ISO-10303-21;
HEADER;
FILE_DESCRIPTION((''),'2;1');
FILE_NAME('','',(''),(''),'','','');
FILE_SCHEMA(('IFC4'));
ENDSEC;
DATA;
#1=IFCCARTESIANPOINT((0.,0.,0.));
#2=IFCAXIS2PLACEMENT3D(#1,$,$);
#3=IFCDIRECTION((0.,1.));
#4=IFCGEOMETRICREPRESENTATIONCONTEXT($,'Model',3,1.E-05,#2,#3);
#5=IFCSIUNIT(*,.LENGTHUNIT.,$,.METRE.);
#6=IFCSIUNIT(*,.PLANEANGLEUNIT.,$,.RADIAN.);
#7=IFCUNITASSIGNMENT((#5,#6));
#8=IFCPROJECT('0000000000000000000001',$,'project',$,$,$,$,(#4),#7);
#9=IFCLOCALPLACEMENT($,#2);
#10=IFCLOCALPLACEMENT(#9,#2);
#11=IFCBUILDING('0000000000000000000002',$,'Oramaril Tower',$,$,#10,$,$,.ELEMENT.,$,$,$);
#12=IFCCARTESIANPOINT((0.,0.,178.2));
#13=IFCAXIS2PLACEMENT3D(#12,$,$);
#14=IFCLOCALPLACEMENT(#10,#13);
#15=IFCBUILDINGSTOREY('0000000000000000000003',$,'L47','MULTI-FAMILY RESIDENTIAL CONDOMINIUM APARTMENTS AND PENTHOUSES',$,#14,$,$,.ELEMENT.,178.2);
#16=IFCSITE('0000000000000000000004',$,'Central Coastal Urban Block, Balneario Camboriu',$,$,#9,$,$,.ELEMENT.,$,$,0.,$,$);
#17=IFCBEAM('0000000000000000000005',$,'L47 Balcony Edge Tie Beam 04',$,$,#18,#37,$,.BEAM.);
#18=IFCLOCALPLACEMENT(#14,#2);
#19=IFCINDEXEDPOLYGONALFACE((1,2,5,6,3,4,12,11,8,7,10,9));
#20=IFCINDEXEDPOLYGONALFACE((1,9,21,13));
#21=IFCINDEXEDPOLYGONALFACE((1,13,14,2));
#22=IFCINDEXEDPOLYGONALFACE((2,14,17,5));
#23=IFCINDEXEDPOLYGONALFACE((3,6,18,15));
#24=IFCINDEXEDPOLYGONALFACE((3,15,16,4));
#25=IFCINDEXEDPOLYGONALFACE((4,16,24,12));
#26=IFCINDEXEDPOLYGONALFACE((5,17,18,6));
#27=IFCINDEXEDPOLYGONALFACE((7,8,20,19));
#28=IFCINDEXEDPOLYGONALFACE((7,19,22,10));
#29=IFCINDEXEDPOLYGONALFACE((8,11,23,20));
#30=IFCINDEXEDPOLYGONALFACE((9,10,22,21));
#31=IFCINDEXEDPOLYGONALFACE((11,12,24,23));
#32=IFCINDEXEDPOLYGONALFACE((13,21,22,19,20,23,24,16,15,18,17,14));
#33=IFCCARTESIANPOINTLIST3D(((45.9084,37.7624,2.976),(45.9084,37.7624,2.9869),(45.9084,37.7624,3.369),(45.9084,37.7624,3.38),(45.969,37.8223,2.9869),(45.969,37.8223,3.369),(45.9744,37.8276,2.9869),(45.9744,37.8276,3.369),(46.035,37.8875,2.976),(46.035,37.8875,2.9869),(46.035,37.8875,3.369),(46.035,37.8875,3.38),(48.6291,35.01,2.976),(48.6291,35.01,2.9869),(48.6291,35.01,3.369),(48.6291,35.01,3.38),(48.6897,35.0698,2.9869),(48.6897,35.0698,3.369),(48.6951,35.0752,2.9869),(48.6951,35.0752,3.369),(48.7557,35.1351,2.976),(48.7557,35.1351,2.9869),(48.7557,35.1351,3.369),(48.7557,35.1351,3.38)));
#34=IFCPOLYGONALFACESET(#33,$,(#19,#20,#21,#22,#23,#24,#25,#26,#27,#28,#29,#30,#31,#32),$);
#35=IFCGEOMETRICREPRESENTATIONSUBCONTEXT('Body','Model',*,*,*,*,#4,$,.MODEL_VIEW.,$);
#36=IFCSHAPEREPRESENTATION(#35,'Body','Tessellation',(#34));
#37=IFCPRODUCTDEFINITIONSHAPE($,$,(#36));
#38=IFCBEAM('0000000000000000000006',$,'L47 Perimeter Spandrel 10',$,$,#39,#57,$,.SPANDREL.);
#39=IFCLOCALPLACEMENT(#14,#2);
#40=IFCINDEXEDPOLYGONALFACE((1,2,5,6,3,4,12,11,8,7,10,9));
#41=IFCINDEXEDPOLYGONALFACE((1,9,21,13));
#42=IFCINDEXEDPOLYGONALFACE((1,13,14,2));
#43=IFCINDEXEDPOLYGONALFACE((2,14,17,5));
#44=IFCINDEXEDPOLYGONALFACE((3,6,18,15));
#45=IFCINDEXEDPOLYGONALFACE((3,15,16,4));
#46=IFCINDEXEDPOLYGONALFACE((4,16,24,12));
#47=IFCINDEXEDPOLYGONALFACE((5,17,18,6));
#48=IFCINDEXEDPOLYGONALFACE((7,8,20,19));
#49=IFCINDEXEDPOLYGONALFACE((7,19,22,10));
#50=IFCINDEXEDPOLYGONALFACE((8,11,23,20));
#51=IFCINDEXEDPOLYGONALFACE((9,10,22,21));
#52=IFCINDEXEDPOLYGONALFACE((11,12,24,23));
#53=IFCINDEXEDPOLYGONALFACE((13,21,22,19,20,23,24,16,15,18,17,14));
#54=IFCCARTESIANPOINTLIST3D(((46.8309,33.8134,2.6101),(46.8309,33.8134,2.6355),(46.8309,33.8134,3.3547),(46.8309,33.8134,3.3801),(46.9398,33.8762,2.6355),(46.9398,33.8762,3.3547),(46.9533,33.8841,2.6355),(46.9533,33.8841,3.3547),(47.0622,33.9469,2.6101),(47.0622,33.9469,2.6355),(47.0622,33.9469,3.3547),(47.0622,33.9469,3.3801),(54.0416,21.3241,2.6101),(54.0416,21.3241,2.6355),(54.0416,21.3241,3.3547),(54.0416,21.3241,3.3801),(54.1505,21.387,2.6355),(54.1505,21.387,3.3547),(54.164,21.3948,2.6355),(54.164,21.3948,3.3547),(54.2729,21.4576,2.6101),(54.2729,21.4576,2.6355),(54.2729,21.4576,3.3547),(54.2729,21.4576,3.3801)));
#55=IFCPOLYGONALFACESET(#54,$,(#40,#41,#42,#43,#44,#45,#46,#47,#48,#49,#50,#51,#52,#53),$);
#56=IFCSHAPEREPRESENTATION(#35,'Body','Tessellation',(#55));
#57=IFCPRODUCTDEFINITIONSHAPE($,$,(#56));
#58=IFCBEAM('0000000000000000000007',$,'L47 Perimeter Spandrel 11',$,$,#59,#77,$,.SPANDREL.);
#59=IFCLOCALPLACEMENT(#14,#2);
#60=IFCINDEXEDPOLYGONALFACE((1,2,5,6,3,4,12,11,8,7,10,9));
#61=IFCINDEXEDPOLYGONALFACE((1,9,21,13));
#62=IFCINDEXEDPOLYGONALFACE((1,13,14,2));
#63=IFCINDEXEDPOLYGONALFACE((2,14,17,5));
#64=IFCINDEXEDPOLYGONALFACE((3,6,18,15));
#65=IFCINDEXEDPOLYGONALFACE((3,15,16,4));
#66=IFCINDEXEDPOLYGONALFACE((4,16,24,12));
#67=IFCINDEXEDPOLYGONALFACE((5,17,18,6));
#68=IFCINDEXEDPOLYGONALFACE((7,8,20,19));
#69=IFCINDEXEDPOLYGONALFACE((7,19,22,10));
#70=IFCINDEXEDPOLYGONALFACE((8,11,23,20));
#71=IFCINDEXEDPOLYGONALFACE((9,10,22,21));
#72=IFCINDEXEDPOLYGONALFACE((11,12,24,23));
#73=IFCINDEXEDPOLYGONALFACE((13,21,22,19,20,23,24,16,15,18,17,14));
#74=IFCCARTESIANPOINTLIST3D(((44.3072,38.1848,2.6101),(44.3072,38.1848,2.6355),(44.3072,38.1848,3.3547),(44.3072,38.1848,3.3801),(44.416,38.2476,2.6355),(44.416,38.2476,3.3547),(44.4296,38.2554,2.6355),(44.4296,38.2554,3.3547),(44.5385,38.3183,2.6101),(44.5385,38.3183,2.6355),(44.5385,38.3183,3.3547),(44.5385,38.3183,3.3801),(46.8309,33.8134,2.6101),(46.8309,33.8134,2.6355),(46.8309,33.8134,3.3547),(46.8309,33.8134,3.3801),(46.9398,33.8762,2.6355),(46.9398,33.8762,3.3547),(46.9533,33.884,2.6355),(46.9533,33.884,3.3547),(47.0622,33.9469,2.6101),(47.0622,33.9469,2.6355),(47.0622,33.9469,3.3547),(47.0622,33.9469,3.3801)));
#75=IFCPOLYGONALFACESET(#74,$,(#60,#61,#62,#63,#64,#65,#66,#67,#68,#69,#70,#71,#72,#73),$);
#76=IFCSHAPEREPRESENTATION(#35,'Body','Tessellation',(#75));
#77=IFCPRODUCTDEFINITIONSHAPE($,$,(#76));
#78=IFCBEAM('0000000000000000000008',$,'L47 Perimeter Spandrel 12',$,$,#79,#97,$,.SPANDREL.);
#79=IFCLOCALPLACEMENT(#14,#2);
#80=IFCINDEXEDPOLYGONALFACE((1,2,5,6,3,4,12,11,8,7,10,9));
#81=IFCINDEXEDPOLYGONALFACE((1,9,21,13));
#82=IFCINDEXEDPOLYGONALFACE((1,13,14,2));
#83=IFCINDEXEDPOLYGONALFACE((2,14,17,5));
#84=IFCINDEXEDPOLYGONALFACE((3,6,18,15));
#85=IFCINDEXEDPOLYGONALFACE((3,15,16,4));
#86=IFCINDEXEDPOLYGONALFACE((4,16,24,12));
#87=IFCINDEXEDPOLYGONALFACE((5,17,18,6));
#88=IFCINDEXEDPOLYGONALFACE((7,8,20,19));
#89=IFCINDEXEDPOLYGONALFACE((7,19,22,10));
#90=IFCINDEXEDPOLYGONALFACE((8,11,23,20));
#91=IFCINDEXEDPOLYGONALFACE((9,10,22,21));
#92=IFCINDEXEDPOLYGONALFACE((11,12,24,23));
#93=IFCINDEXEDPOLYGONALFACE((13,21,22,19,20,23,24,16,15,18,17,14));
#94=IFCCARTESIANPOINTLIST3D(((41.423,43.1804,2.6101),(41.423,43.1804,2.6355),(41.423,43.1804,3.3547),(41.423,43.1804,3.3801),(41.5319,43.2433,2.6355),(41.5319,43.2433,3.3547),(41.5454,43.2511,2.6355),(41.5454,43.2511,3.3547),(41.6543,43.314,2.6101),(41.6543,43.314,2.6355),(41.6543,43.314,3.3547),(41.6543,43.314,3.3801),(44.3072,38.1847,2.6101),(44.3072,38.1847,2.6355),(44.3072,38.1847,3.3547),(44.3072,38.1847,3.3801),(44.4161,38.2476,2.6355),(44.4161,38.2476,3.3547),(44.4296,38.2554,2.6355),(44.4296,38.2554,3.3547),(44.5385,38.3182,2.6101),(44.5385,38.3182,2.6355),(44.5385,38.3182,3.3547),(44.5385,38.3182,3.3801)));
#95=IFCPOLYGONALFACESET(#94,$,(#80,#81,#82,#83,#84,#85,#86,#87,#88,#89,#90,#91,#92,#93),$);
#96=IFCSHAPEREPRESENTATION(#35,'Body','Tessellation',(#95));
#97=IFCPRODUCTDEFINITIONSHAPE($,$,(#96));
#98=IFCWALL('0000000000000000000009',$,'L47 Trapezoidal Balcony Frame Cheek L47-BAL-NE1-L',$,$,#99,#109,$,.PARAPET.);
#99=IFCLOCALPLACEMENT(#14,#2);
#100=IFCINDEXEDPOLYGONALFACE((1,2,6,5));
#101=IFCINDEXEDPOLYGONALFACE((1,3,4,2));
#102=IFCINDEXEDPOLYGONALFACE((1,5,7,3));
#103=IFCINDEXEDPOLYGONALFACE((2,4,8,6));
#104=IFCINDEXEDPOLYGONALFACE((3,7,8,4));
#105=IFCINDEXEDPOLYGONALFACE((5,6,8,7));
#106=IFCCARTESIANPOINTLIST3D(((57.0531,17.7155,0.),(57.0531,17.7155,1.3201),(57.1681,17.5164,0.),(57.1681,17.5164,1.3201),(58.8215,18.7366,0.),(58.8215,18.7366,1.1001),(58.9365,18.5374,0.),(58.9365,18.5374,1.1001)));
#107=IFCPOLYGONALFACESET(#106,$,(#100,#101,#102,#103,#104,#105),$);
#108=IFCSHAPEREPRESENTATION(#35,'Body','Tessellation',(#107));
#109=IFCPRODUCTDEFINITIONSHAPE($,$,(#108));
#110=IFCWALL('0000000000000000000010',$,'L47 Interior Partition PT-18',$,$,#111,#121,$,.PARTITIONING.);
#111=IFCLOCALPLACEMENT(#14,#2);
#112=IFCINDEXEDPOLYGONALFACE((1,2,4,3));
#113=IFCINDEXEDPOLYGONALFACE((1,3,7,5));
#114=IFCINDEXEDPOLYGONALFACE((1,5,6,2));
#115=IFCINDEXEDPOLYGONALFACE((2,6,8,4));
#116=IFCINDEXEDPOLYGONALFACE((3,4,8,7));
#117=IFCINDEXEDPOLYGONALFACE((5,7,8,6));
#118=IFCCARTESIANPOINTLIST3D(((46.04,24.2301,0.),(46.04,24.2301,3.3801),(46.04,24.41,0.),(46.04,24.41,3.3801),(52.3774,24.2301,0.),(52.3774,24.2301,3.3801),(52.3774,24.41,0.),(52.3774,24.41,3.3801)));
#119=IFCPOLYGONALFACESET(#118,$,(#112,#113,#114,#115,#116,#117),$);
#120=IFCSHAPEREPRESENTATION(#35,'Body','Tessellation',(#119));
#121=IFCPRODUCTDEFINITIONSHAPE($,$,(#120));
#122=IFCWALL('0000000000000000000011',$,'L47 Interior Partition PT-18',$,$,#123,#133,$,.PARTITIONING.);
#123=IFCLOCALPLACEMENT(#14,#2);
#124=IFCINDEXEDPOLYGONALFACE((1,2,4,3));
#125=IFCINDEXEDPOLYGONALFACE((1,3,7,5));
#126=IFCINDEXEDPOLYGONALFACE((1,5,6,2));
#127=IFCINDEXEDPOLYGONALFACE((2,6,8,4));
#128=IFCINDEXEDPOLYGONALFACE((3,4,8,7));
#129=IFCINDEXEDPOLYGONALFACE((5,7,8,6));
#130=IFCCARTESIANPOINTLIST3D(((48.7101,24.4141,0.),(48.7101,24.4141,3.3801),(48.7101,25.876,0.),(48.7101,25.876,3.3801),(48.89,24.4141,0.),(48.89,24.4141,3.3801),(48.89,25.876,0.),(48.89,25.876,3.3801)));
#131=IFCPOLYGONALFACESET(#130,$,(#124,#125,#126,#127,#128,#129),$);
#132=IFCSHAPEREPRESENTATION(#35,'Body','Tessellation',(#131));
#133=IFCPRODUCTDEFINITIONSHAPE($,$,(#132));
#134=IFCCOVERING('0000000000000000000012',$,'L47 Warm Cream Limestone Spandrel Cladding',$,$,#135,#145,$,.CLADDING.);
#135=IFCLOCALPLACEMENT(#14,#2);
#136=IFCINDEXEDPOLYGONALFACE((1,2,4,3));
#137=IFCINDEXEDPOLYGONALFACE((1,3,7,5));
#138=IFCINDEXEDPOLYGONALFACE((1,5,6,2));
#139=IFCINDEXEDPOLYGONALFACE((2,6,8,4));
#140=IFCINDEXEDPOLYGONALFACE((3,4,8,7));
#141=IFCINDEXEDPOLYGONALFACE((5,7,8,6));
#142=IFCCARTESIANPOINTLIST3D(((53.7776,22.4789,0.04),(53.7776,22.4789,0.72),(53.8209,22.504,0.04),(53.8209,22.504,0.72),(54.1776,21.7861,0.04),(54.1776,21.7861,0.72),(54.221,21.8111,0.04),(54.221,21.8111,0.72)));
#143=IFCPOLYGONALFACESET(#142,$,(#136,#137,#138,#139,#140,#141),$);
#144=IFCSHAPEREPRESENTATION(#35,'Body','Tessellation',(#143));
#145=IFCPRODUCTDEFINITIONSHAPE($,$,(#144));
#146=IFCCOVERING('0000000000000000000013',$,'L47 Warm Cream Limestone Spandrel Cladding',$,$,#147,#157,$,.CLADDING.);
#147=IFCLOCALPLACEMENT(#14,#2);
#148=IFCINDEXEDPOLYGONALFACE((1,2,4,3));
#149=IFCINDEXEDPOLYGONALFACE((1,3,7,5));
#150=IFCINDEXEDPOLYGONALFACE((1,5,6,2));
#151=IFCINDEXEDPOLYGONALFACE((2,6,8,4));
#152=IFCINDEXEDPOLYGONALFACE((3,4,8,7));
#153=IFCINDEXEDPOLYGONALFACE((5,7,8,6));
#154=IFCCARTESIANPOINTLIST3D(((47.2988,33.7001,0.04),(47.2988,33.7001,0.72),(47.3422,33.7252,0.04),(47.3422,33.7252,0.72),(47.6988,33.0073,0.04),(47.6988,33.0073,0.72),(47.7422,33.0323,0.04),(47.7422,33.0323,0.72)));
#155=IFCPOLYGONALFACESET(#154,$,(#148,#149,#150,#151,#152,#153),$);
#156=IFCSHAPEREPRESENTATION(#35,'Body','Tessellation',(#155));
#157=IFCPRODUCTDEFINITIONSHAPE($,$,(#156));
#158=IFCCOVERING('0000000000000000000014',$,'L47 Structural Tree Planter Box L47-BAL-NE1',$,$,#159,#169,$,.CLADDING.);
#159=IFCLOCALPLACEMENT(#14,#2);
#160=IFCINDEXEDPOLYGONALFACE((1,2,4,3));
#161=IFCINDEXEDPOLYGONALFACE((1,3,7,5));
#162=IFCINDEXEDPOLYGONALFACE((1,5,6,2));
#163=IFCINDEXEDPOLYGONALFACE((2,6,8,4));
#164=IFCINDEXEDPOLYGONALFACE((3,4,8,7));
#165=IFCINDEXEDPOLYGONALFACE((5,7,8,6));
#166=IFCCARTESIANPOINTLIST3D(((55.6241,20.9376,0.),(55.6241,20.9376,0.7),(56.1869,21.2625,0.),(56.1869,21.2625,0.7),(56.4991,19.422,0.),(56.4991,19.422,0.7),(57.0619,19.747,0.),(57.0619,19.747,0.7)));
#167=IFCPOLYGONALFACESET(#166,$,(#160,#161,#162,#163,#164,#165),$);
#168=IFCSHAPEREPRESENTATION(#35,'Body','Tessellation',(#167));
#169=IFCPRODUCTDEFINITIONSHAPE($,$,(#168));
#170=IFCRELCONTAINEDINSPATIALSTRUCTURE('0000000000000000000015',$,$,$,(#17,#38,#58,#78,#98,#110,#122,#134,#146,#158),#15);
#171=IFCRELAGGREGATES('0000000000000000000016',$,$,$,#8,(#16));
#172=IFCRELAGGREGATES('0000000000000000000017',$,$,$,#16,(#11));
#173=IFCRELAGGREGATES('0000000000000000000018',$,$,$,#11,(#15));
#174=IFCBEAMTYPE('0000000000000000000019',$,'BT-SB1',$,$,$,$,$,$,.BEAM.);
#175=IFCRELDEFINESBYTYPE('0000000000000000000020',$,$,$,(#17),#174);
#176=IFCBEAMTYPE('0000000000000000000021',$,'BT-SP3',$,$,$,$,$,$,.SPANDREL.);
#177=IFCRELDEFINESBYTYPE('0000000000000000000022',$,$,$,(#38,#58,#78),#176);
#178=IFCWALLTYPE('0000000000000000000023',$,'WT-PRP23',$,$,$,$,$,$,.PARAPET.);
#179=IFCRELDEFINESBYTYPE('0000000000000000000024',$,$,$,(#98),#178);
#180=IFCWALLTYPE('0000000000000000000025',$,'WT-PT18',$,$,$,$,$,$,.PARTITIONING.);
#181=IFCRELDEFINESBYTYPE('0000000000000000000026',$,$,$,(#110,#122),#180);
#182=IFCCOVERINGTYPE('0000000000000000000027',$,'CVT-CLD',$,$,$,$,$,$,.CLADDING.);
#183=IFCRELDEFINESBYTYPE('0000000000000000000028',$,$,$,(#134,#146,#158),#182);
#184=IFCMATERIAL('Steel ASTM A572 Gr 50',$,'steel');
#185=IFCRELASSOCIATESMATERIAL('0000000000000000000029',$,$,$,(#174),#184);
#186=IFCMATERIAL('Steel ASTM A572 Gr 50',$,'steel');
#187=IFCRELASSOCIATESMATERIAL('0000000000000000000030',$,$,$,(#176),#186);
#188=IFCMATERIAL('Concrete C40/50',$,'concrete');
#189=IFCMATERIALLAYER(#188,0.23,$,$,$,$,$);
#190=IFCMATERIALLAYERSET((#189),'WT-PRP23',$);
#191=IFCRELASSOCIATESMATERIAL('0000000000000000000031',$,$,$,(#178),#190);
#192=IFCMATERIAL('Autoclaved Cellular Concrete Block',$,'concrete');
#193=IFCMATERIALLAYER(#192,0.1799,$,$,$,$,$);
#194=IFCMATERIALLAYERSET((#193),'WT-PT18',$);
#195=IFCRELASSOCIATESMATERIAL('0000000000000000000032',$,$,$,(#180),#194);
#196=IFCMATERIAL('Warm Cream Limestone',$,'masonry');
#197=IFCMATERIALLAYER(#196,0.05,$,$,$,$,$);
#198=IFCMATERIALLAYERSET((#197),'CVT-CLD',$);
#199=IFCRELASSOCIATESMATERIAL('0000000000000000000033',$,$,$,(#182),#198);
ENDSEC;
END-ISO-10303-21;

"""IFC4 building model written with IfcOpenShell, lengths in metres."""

from ifc_helpers import new_model, si_unit, direction, frame, frame_2d, origin, origin_2d, place, context, subcontext, project, spatial, polyline, rectangle, i_section, outline, extrude, material, layer, layer_set, material_profile, profile_set, type_object, element, save


model = new_model("IFC4")

# Units and contexts
model_context = context("Model", 3, precision=1e-05, world=origin(), true_north=direction((0.0, 1.0)))
body_context = subcontext(model_context, "Body", "Model", "MODEL_VIEW")
ifc_project = project(units=[si_unit("LENGTHUNIT", "METRE"), si_unit("PLANEANGLEUNIT", "RADIAN")], contexts=[model_context])

# Site, building, storey
site_placement = place(None, origin())
site = spatial("IfcSite", under=ifc_project, at=site_placement, Name="Central Coastal Urban Block, Balneario Camboriu", CompositionType="ELEMENT", RefElevation=0.0)
building_placement = place(site_placement, origin())
building = spatial("IfcBuilding", under=site, at=building_placement, Name="Oramaril Tower", CompositionType="ELEMENT")
storey_placement = place(building_placement, frame((0.0, 0.0, 178.2)))
storey = spatial("IfcBuildingStorey", under=building, at=storey_placement, Name="L47", Description="MULTI-FAMILY RESIDENTIAL CONDOMINIUM APARTMENTS AND PENTHOUSES", CompositionType="ELEMENT", Elevation=178.2)

# Beams
ifc_material_1 = material(Name="Steel ASTM A572 Gr 50", Category="steel")
ifc_material_profile_1 = material_profile(ifc_material_1, i_section(OverallWidth=0.178, OverallDepth=0.4041, WebThickness=0.0076, FlangeThickness=0.011, at=origin_2d()), Name="W16X36")
ifc_profile_set_1 = profile_set([ifc_material_profile_1], Name="Steel ASTM A572 Gr 50")
beam_type_1 = type_object("IfcBeamType", Name="BT-SB1", PredefinedType="BEAM", material=ifc_profile_set_1)
beam_1_placement = place(storey_placement, frame((48.6924, 35.0725, 3.178), z_axis=(-0.702995, 0.711195, 0.0), x_axis=(-0.711195, -0.702995, 0.0)))
element("IfcBeam", 1, at=beam_1_placement, inside=storey, type_object=beam_type_1, Name="L47 Balcony Edge Tie Beam 04", PredefinedType="BEAM", context=body_context, shape_type="SweptSolid", body=[
    extrude(i_section(OverallWidth=0.178, OverallDepth=0.4041, WebThickness=0.0076, FlangeThickness=0.011, at=origin_2d()), origin(), (0.0, 0.0, 1.0), 3.8701),
])
ifc_material_2 = material(Name="Steel ASTM A572 Gr 50", Category="steel")
ifc_material_profile_2 = material_profile(ifc_material_2, i_section(OverallWidth=0.2671, OverallDepth=0.77, WebThickness=0.0156, FlangeThickness=0.0254, at=origin_2d()), Name="W30X132")
ifc_profile_set_2 = profile_set([ifc_material_profile_2], Name="Steel ASTM A572 Gr 50")
beam_type_2 = type_object("IfcBeamType", Name="BT-SP3", PredefinedType="SPANDREL", material=ifc_profile_set_2)
beam_2_placement = place(storey_placement, frame((54.1572, 21.3909, 2.9951), z_axis=(-0.500001, 0.866025, 0.0), x_axis=(-0.866025, -0.500001, 0.0)))
element("IfcBeam", 2, at=beam_2_placement, inside=storey, type_object=beam_type_2, Name="L47 Perimeter Spandrel 10", PredefinedType="SPANDREL", context=body_context, shape_type="SweptSolid", body=[
    extrude(i_section(OverallWidth=0.2671, OverallDepth=0.77, WebThickness=0.0156, FlangeThickness=0.0254, at=origin_2d()), origin(), (0.0, 0.0, 1.0), 14.4214),
])
beam_3_placement = place(storey_placement, frame((46.9465, 33.8801, 2.9951), z_axis=(-0.499983, 0.866035, 0.0), x_axis=(-0.866035, -0.499983, 0.0)))
element("IfcBeam", 3, at=beam_3_placement, inside=storey, type_object=beam_type_2, Name="L47 Perimeter Spandrel 11", PredefinedType="SPANDREL", context=body_context, shape_type="SweptSolid", body=[
    extrude(i_section(OverallWidth=0.2671, OverallDepth=0.77, WebThickness=0.0156, FlangeThickness=0.0254, at=origin_2d()), origin(), (0.0, 0.0, 1.0), 5.0476),
])
beam_4_placement = place(storey_placement, frame((44.4229, 38.2515, 2.9951), z_axis=(-0.49999, 0.866031, 0.0), x_axis=(-0.866031, -0.49999, 0.0)))
element("IfcBeam", 4, at=beam_4_placement, inside=storey, type_object=beam_type_2, Name="L47 Perimeter Spandrel 12", PredefinedType="SPANDREL", context=body_context, shape_type="SweptSolid", body=[
    extrude(i_section(OverallWidth=0.2671, OverallDepth=0.77, WebThickness=0.0156, FlangeThickness=0.0254, at=origin_2d()), origin(), (0.0, 0.0, 1.0), 5.7686),
])

# Walls
ifc_material_3 = material(Name="Concrete C40/50", Category="concrete")
ifc_layer_1 = layer(ifc_material_3, 0.23)
ifc_layer_set_1 = layer_set([ifc_layer_1], Name="WT-PRP23")
wall_type_1 = type_object("IfcWallType", Name="WT-PRP23", PredefinedType="PARAPET", material=ifc_layer_set_1)
wall_1_placement = place(storey_placement, frame((57.1106, 17.616, 0.0), z_axis=(0.0, 0.0, 1.0), x_axis=(0.866012, 0.500023, 0.0)))
element("IfcWall", 5, at=wall_1_placement, inside=storey, type_object=wall_type_1, Name="L47 Trapezoidal Balcony Frame Cheek L47-BAL-NE1-L", PredefinedType="PARAPET", context=body_context, shape_type="SweptSolid", body=[
    extrude(outline(polyline([(0.0, 0.0), (2.042, 0.0), (2.042, 1.1001), (0.0, 1.3201), (0.0, 0.0)])), frame((0.0, 0.115, 0.0), z_axis=(0.0, -1.0, 0.0), x_axis=(1.0, 0.0, 0.0)), (0.0, 0.0, 1.0), 0.23),
])
ifc_material_4 = material(Name="Autoclaved Cellular Concrete Block", Category="concrete")
ifc_layer_2 = layer(ifc_material_4, 0.1799)
ifc_layer_set_2 = layer_set([ifc_layer_2], Name="WT-PT18")
wall_type_2 = type_object("IfcWallType", Name="WT-PT18", PredefinedType="PARTITIONING", material=ifc_layer_set_2)
wall_2_placement = place(storey_placement, frame((46.04, 24.3201, 0.0), z_axis=(0.0, 0.0, 1.0), x_axis=(1.0, 0.0, 0.0)))
element("IfcWall", 6, at=wall_2_placement, inside=storey, type_object=wall_type_2, Name="L47 Interior Partition PT-18", PredefinedType="PARTITIONING", context=body_context, shape_type="SweptSolid", body=[
    extrude(rectangle(XDim=6.3374, YDim=0.1799, at=frame_2d((3.1687, 0.0))), origin(), (0.0, 0.0, 1.0), 3.3801),
])
wall_3_placement = place(storey_placement, frame((48.8, 24.4141, 0.0), z_axis=(0.0, 0.0, 1.0), x_axis=(0.0, 1.0, 0.0)))
element("IfcWall", 7, at=wall_3_placement, inside=storey, type_object=wall_type_2, Name="L47 Interior Partition PT-18", PredefinedType="PARTITIONING", context=body_context, shape_type="SweptSolid", body=[
    extrude(rectangle(XDim=1.4619, YDim=0.1799, at=frame_2d((0.731, 0.0))), origin(), (0.0, 0.0, 1.0), 3.3801),
])

# Coverings
ifc_material_5 = material(Name="Warm Cream Limestone", Category="masonry")
ifc_layer_3 = layer(ifc_material_5, 0.05)
ifc_layer_set_3 = layer_set([ifc_layer_3], Name="CVT-CLD")
covering_type = type_object("IfcCoveringType", Name="CVT-CLD", PredefinedType="CLADDING", material=ifc_layer_set_3)
for number, where, z_axis, x_axis, name in (
    (8, (53.9993, 22.145, 0.04), (0.0, 0.0, 1.0), (-0.5, 0.866025, 0.0), "L47 Warm Cream Limestone Spandrel Cladding"),
    (9, (47.5205, 33.3662, 0.04), (0.0, 0.0, 1.0), (-0.5, 0.866025, 0.0), "L47 Warm Cream Limestone Spandrel Cladding"),
):
    element("IfcCovering", number, at=place(storey_placement, frame(where, z_axis=z_axis, x_axis=x_axis)), inside=storey, type_object=covering_type, Name=name, PredefinedType="CLADDING", context=body_context, shape_type="SweptSolid", body=[
        extrude(rectangle(XDim=0.8, YDim=0.05, at=origin_2d()), origin(), (0.0, 0.0, 1.0), 0.6799),
    ])
covering_placement = place(storey_placement, frame((56.343, 20.3423, 0.0), z_axis=(0.0, 0.0, 1.0), x_axis=(-0.5, 0.866025, 0.0)))
element("IfcCovering", 10, at=covering_placement, inside=storey, type_object=covering_type, Name="L47 Structural Tree Planter Box L47-BAL-NE1", PredefinedType="CLADDING", context=body_context, shape_type="SweptSolid", body=[
    extrude(rectangle(XDim=1.75, YDim=0.6499, at=origin_2d()), origin(), (0.0, 0.0, 1.0), 0.7),
])

save(model, "model.ifc")
